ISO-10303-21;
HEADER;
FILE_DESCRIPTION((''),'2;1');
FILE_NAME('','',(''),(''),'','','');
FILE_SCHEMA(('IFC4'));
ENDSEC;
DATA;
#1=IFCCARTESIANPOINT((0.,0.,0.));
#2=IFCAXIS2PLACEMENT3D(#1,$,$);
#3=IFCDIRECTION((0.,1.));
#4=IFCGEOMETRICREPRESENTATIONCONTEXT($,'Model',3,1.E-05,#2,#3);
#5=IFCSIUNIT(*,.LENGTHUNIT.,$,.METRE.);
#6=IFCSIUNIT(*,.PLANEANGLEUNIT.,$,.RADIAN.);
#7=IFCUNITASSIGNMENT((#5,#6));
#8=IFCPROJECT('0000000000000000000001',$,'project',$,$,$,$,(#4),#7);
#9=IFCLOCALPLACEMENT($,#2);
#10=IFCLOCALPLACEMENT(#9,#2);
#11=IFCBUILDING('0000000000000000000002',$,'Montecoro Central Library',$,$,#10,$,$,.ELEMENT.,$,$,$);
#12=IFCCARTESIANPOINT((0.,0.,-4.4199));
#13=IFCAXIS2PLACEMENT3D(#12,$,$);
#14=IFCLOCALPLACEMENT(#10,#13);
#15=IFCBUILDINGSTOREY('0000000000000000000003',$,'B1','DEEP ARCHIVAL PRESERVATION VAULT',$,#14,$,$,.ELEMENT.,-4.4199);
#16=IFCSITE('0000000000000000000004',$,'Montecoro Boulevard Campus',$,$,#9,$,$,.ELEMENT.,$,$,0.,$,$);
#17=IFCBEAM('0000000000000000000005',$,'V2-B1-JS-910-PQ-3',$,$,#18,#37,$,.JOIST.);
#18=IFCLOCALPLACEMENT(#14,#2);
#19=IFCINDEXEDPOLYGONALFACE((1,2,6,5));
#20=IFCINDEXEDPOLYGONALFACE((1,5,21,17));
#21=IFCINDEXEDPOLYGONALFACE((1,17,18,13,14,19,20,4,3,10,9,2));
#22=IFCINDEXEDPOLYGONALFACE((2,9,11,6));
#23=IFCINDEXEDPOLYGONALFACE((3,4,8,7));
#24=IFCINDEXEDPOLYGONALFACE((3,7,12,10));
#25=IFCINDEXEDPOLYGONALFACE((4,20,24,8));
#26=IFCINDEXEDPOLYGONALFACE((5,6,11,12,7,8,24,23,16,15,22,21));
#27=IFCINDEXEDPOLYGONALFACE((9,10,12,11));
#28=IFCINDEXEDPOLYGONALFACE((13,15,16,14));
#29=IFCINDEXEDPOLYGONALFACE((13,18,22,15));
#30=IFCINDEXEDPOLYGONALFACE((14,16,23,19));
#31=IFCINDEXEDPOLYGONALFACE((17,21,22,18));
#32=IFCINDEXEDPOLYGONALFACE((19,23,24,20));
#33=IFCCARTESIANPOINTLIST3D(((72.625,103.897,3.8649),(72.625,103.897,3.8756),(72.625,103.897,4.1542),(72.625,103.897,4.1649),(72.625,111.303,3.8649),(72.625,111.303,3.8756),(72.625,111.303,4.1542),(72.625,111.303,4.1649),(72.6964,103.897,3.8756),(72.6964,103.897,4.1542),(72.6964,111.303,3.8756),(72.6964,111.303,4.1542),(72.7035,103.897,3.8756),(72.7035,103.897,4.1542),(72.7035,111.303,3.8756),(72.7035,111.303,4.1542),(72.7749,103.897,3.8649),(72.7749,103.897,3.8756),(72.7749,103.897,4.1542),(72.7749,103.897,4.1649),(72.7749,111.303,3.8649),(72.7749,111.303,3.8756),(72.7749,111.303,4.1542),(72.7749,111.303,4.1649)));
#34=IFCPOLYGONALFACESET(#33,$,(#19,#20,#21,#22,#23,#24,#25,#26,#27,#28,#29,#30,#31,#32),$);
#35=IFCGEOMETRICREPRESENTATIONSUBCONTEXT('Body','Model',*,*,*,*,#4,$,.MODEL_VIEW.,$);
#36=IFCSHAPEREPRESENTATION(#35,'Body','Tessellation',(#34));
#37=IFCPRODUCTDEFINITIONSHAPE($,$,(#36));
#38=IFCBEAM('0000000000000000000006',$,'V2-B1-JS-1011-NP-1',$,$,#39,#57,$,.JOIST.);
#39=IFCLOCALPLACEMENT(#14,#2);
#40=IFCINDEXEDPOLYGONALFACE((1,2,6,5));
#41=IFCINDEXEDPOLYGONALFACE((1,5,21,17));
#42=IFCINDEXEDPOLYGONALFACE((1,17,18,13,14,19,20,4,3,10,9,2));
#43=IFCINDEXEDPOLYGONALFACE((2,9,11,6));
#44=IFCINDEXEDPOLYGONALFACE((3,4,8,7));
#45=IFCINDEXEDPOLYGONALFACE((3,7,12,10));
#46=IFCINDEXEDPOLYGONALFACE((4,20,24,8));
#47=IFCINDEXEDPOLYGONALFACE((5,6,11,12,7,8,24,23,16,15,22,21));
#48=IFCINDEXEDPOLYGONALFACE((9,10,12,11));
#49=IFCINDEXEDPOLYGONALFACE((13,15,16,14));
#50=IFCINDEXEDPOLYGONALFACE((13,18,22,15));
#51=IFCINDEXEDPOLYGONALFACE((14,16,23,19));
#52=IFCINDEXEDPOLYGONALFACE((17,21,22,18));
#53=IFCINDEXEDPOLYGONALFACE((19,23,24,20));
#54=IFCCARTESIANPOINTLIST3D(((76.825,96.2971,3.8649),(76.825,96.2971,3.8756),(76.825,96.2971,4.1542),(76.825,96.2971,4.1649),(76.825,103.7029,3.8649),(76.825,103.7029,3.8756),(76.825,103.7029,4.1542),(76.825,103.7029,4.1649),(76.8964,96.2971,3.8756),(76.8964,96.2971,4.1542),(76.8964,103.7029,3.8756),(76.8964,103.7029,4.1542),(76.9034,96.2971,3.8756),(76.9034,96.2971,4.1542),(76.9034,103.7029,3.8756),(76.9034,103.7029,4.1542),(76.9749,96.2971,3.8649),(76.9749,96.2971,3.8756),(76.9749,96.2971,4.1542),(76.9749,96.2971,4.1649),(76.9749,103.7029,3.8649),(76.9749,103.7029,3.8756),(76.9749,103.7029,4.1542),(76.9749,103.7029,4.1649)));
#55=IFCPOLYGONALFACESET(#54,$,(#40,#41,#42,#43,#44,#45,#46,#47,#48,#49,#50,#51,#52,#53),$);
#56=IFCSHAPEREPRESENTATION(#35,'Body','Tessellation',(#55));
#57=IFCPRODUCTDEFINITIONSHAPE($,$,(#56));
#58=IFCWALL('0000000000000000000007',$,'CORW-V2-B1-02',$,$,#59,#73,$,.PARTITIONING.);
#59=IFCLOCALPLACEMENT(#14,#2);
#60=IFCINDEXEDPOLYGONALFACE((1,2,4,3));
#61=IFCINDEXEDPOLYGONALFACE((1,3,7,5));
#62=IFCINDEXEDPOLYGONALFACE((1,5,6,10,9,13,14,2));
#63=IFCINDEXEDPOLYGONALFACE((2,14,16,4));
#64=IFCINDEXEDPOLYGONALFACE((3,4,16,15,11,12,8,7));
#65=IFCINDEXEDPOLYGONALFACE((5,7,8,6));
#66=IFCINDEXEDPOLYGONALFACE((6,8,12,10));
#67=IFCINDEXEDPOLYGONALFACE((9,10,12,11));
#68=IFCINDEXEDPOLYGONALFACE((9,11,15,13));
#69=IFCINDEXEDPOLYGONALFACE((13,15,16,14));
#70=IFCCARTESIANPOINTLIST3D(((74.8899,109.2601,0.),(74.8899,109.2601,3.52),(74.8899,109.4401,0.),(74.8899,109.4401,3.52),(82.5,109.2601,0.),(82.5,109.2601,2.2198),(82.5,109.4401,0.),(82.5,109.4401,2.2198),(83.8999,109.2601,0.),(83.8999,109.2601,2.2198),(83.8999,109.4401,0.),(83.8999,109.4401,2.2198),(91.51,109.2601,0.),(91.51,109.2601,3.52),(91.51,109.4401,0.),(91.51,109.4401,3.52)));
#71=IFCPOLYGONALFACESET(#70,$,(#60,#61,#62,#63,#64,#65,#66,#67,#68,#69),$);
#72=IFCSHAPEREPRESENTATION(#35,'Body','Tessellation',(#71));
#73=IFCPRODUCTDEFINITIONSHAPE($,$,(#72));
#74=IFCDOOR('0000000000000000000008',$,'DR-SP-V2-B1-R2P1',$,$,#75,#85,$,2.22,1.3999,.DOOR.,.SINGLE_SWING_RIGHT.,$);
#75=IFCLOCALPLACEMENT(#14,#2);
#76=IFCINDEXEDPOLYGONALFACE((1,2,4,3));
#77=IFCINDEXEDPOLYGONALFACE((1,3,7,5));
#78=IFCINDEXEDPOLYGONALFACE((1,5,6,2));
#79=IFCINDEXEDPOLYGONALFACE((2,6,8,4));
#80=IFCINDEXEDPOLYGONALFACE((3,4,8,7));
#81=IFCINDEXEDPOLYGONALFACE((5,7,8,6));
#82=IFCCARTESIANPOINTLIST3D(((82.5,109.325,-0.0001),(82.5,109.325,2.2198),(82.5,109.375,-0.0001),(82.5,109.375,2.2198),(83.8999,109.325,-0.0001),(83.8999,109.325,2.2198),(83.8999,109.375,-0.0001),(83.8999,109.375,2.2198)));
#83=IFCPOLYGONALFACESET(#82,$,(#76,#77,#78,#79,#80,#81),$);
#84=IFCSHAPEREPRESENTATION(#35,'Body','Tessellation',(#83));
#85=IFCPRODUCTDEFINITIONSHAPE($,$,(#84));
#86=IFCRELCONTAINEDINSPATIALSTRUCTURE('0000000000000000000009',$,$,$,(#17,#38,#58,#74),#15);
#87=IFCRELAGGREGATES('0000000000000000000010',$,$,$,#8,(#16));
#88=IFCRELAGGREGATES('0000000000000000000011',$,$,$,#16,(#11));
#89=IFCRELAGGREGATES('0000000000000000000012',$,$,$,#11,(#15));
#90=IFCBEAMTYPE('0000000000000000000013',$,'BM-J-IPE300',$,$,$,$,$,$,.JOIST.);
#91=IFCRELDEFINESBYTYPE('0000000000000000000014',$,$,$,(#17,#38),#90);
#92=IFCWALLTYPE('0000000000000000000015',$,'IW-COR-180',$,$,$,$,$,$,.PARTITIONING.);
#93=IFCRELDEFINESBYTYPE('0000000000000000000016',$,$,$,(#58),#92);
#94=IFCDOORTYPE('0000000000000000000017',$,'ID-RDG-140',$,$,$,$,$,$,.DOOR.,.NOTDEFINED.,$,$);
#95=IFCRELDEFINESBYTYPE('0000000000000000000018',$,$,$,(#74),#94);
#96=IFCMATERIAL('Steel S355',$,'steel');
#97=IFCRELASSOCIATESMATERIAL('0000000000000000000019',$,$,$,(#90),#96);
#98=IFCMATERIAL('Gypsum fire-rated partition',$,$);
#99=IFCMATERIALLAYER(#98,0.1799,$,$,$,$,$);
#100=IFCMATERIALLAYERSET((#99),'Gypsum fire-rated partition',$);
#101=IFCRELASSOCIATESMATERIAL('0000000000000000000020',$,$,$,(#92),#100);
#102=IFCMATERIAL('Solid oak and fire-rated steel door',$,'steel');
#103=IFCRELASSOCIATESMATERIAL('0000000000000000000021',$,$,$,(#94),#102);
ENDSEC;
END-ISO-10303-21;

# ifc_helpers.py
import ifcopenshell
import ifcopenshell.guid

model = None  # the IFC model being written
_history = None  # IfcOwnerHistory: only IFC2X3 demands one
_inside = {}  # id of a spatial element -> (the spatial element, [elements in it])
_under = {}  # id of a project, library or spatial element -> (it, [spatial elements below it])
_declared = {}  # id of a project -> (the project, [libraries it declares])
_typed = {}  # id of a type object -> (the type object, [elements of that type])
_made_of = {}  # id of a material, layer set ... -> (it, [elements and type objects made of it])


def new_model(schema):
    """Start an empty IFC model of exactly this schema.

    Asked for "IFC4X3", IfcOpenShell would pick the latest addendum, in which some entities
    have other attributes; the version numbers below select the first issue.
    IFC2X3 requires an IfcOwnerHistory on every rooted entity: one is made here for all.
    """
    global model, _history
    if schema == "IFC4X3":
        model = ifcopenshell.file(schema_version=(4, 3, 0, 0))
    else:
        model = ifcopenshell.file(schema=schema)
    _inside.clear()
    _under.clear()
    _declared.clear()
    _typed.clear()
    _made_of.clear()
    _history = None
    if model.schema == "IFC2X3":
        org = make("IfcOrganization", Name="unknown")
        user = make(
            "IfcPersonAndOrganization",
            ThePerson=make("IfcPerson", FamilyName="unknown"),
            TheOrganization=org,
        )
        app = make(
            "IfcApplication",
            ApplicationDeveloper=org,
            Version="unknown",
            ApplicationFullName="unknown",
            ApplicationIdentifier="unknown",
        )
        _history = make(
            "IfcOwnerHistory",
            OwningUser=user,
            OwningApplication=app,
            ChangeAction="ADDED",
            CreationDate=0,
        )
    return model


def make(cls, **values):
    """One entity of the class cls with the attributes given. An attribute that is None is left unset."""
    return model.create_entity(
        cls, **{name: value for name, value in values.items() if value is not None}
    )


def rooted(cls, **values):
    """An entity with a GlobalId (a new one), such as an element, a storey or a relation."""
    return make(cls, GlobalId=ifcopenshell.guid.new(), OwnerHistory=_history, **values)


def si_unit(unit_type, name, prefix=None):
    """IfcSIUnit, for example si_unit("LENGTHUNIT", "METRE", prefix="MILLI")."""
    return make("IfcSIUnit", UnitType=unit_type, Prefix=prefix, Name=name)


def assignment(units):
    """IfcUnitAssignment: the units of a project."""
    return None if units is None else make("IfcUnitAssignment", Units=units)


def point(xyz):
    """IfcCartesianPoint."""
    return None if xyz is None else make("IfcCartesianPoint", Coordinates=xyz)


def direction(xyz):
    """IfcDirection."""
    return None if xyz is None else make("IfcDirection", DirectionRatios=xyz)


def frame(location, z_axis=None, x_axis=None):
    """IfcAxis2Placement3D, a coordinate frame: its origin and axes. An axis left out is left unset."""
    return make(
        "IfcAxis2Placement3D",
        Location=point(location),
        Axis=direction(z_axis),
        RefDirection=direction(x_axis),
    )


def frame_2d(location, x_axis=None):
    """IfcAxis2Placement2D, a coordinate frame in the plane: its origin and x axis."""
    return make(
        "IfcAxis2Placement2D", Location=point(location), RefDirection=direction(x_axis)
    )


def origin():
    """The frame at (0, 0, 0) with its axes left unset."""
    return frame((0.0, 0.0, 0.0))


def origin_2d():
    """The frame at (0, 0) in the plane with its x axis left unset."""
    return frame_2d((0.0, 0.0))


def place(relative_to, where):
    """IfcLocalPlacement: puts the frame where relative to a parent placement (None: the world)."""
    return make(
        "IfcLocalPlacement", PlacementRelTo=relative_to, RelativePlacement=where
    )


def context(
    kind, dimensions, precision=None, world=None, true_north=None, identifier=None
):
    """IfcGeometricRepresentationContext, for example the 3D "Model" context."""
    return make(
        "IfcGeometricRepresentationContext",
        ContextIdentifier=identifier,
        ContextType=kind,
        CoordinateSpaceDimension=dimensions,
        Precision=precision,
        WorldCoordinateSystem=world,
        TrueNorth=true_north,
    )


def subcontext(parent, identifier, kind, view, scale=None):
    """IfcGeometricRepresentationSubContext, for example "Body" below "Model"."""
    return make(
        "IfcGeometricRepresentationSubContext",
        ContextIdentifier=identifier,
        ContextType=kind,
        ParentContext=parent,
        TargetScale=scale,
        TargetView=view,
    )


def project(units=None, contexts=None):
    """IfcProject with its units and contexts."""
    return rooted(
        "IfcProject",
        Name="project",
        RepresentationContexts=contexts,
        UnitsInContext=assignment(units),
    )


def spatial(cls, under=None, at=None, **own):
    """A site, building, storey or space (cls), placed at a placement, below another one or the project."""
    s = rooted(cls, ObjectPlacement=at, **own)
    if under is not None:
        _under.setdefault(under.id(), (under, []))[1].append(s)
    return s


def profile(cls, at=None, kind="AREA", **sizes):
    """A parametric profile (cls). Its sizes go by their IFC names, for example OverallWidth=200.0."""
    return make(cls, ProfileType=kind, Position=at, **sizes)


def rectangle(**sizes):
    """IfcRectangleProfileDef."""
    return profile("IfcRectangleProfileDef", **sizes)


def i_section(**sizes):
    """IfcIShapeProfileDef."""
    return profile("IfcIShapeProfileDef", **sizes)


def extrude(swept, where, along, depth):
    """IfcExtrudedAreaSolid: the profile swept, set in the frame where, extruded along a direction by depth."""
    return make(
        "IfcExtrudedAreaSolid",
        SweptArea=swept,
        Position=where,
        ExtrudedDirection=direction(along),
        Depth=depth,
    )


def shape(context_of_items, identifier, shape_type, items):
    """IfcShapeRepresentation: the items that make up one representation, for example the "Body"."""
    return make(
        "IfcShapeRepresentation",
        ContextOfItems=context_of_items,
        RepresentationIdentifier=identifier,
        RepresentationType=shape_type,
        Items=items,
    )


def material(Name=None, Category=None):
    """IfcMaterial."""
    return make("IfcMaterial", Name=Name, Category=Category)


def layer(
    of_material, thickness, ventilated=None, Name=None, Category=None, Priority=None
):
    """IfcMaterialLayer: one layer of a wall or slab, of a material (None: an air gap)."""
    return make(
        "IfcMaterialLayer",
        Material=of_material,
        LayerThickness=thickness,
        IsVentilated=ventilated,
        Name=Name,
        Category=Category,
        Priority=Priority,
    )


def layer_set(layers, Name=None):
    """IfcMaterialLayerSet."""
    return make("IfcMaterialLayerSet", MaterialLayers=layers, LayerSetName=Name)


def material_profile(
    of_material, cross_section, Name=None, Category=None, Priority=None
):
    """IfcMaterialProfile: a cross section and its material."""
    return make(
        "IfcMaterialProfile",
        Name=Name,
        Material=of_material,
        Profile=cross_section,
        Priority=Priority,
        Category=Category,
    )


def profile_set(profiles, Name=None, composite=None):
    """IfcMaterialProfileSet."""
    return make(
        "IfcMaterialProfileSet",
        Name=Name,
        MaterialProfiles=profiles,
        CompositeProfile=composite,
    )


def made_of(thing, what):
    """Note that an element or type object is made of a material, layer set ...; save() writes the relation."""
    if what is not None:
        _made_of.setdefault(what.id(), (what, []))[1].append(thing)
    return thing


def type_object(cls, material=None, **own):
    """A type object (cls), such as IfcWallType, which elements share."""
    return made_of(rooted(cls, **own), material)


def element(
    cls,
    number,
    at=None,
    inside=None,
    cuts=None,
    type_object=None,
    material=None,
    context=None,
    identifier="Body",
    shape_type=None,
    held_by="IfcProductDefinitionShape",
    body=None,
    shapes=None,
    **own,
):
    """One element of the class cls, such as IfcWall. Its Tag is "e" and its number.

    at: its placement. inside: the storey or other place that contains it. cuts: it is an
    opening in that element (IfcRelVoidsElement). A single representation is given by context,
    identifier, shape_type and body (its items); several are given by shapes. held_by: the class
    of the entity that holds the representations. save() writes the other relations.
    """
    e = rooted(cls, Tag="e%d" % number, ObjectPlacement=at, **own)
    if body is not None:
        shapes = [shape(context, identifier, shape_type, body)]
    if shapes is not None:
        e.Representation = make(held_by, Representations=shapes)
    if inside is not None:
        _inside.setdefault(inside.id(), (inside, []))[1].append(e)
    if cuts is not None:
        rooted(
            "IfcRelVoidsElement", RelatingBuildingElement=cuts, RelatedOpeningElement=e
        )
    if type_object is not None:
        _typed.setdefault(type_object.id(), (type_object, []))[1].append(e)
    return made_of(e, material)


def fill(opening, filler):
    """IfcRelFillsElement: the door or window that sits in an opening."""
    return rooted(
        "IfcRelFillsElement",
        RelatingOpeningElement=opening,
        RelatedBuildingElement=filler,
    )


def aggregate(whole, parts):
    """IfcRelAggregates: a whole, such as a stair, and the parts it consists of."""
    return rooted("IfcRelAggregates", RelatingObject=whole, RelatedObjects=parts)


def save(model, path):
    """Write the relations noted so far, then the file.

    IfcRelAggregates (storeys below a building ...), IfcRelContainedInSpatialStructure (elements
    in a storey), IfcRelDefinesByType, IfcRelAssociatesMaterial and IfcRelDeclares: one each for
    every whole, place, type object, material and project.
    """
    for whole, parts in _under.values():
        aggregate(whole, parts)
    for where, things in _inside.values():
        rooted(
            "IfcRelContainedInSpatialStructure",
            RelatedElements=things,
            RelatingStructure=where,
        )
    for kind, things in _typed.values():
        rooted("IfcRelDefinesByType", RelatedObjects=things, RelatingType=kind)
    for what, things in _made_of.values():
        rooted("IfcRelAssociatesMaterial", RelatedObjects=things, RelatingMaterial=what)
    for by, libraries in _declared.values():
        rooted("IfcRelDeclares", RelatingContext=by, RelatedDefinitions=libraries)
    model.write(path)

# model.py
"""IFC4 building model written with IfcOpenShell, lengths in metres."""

from ifc_helpers import new_model, si_unit, direction, frame, frame_2d, origin, origin_2d, place, context, subcontext, project, spatial, rectangle, i_section, extrude, material, layer, layer_set, material_profile, profile_set, type_object, element, fill, save


model = new_model("IFC4")

# Units and contexts
model_context = context("Model", 3, precision=1e-05, world=origin(), true_north=direction((0.0, 1.0)))
body_context = subcontext(model_context, "Body", "Model", "MODEL_VIEW")
ifc_project = project(units=[si_unit("LENGTHUNIT", "METRE"), si_unit("PLANEANGLEUNIT", "RADIAN")], contexts=[model_context])

# Site, building, storey
site_placement = place(None, origin())
site = spatial("IfcSite", under=ifc_project, at=site_placement, Name="Montecoro Boulevard Campus", CompositionType="ELEMENT", RefElevation=0.0)
building_placement = place(site_placement, origin())
building = spatial("IfcBuilding", under=site, at=building_placement, Name="Montecoro Central Library", CompositionType="ELEMENT")
storey_placement = place(building_placement, frame((0.0, 0.0, -4.4199)))
storey = spatial("IfcBuildingStorey", under=building, at=storey_placement, Name="B1", Description="DEEP ARCHIVAL PRESERVATION VAULT", CompositionType="ELEMENT", Elevation=-4.4199)

# Beams
ifc_material_1 = material(Name="Steel S355", Category="steel")
ifc_material_profile_1 = material_profile(ifc_material_1, i_section(OverallWidth=0.1499, OverallDepth=0.3, WebThickness=0.0071, FlangeThickness=0.0107, at=origin_2d()), Name="IPE 300")
ifc_profile_set_1 = profile_set([ifc_material_profile_1], Name="Steel S355")
beam_type_1 = type_object("IfcBeamType", Name="BM-J-IPE300", PredefinedType="JOIST", material=ifc_profile_set_1)
for number, where, z_axis, x_axis, name in (
    (1, (72.7, 103.897, 4.0149), (0.0, 1.0, 0.0), (-1.0, 0.0, 0.0), "V2-B1-JS-910-PQ-3"),
):
    element("IfcBeam", number, at=place(storey_placement, frame(where, z_axis=z_axis, x_axis=x_axis)), inside=storey, type_object=beam_type_1, Name=name, PredefinedType="JOIST", context=body_context, shape_type="SweptSolid", body=[
        extrude(i_section(OverallWidth=0.1499, OverallDepth=0.3, WebThickness=0.0071, FlangeThickness=0.0107, at=origin_2d()), origin(), (0.0, 0.0, 1.0), 7.406),
    ])
beam_1_placement = place(storey_placement, frame((76.8999, 96.2971, 4.0149), z_axis=(0.0, 1.0, 0.0), x_axis=(-1.0, 0.0, 0.0)))
element("IfcBeam", 2, at=beam_1_placement, inside=storey, type_object=beam_type_1, Name="V2-B1-JS-1011-NP-1", PredefinedType="JOIST", context=body_context, shape_type="SweptSolid", body=[
    extrude(i_section(OverallWidth=0.1499, OverallDepth=0.3, WebThickness=0.0071, FlangeThickness=0.0107, at=origin_2d()), origin(), (0.0, 0.0, 1.0), 7.4058),
])

# Wall, opening, door
ifc_material_2 = material(Name="Gypsum fire-rated partition")
ifc_layer = layer(ifc_material_2, 0.1799)
ifc_layer_set = layer_set([ifc_layer], Name="Gypsum fire-rated partition")
wall_type = type_object("IfcWallType", Name="IW-COR-180", PredefinedType="PARTITIONING", material=ifc_layer_set)
wall_placement = place(storey_placement, frame((74.8899, 109.3501, 0.0), z_axis=(0.0, 0.0, 1.0), x_axis=(1.0, 0.0, 0.0)))
wall = element("IfcWall", 3, at=wall_placement, inside=storey, type_object=wall_type, Name="CORW-V2-B1-02", PredefinedType="PARTITIONING", context=body_context, shape_type="SweptSolid", body=[
    extrude(rectangle(XDim=16.6201, YDim=0.1799, at=frame_2d((8.3101, 0.0))), origin(), (0.0, 0.0, 1.0), 3.52),
])
opening_placement = place(wall_placement, frame((7.6101, 0.0, 0.0)))
opening = element("IfcOpeningElement", 4, at=opening_placement, cuts=wall, PredefinedType="OPENING", context=body_context, shape_type="SweptSolid", body=[
    extrude(rectangle(XDim=1.3999, YDim=2.22, at=frame_2d((0.7, 1.1099))), frame((0.0, 0.0999, 0.0), z_axis=(0.0, -1.0, 0.0), x_axis=(1.0, 0.0, 0.0)), (0.0, 0.0, 1.0), 0.2),
])
ifc_material_3 = material(Name="Solid oak and fire-rated steel door", Category="steel")
door_type = type_object("IfcDoorType", Name="ID-RDG-140", OperationType="NOTDEFINED", PredefinedType="DOOR", material=ifc_material_3)
door_placement = place(opening_placement, origin())
door = element("IfcDoor", 5, at=door_placement, inside=storey, type_object=door_type, Name="DR-SP-V2-B1-R2P1", OperationType="SINGLE_SWING_RIGHT", OverallHeight=2.22, OverallWidth=1.3999, PredefinedType="DOOR", context=body_context, shape_type="SweptSolid", body=[
    extrude(rectangle(XDim=1.3999, YDim=2.22, at=frame_2d((0.7, 1.1099))), frame((0.0, 0.0249, 0.0), z_axis=(0.0, -1.0, 0.0), x_axis=(1.0, 0.0, 0.0)), (0.0, 0.0, 1.0), 0.05),
])
fill(opening, door)

save(model, "model.ifc")
